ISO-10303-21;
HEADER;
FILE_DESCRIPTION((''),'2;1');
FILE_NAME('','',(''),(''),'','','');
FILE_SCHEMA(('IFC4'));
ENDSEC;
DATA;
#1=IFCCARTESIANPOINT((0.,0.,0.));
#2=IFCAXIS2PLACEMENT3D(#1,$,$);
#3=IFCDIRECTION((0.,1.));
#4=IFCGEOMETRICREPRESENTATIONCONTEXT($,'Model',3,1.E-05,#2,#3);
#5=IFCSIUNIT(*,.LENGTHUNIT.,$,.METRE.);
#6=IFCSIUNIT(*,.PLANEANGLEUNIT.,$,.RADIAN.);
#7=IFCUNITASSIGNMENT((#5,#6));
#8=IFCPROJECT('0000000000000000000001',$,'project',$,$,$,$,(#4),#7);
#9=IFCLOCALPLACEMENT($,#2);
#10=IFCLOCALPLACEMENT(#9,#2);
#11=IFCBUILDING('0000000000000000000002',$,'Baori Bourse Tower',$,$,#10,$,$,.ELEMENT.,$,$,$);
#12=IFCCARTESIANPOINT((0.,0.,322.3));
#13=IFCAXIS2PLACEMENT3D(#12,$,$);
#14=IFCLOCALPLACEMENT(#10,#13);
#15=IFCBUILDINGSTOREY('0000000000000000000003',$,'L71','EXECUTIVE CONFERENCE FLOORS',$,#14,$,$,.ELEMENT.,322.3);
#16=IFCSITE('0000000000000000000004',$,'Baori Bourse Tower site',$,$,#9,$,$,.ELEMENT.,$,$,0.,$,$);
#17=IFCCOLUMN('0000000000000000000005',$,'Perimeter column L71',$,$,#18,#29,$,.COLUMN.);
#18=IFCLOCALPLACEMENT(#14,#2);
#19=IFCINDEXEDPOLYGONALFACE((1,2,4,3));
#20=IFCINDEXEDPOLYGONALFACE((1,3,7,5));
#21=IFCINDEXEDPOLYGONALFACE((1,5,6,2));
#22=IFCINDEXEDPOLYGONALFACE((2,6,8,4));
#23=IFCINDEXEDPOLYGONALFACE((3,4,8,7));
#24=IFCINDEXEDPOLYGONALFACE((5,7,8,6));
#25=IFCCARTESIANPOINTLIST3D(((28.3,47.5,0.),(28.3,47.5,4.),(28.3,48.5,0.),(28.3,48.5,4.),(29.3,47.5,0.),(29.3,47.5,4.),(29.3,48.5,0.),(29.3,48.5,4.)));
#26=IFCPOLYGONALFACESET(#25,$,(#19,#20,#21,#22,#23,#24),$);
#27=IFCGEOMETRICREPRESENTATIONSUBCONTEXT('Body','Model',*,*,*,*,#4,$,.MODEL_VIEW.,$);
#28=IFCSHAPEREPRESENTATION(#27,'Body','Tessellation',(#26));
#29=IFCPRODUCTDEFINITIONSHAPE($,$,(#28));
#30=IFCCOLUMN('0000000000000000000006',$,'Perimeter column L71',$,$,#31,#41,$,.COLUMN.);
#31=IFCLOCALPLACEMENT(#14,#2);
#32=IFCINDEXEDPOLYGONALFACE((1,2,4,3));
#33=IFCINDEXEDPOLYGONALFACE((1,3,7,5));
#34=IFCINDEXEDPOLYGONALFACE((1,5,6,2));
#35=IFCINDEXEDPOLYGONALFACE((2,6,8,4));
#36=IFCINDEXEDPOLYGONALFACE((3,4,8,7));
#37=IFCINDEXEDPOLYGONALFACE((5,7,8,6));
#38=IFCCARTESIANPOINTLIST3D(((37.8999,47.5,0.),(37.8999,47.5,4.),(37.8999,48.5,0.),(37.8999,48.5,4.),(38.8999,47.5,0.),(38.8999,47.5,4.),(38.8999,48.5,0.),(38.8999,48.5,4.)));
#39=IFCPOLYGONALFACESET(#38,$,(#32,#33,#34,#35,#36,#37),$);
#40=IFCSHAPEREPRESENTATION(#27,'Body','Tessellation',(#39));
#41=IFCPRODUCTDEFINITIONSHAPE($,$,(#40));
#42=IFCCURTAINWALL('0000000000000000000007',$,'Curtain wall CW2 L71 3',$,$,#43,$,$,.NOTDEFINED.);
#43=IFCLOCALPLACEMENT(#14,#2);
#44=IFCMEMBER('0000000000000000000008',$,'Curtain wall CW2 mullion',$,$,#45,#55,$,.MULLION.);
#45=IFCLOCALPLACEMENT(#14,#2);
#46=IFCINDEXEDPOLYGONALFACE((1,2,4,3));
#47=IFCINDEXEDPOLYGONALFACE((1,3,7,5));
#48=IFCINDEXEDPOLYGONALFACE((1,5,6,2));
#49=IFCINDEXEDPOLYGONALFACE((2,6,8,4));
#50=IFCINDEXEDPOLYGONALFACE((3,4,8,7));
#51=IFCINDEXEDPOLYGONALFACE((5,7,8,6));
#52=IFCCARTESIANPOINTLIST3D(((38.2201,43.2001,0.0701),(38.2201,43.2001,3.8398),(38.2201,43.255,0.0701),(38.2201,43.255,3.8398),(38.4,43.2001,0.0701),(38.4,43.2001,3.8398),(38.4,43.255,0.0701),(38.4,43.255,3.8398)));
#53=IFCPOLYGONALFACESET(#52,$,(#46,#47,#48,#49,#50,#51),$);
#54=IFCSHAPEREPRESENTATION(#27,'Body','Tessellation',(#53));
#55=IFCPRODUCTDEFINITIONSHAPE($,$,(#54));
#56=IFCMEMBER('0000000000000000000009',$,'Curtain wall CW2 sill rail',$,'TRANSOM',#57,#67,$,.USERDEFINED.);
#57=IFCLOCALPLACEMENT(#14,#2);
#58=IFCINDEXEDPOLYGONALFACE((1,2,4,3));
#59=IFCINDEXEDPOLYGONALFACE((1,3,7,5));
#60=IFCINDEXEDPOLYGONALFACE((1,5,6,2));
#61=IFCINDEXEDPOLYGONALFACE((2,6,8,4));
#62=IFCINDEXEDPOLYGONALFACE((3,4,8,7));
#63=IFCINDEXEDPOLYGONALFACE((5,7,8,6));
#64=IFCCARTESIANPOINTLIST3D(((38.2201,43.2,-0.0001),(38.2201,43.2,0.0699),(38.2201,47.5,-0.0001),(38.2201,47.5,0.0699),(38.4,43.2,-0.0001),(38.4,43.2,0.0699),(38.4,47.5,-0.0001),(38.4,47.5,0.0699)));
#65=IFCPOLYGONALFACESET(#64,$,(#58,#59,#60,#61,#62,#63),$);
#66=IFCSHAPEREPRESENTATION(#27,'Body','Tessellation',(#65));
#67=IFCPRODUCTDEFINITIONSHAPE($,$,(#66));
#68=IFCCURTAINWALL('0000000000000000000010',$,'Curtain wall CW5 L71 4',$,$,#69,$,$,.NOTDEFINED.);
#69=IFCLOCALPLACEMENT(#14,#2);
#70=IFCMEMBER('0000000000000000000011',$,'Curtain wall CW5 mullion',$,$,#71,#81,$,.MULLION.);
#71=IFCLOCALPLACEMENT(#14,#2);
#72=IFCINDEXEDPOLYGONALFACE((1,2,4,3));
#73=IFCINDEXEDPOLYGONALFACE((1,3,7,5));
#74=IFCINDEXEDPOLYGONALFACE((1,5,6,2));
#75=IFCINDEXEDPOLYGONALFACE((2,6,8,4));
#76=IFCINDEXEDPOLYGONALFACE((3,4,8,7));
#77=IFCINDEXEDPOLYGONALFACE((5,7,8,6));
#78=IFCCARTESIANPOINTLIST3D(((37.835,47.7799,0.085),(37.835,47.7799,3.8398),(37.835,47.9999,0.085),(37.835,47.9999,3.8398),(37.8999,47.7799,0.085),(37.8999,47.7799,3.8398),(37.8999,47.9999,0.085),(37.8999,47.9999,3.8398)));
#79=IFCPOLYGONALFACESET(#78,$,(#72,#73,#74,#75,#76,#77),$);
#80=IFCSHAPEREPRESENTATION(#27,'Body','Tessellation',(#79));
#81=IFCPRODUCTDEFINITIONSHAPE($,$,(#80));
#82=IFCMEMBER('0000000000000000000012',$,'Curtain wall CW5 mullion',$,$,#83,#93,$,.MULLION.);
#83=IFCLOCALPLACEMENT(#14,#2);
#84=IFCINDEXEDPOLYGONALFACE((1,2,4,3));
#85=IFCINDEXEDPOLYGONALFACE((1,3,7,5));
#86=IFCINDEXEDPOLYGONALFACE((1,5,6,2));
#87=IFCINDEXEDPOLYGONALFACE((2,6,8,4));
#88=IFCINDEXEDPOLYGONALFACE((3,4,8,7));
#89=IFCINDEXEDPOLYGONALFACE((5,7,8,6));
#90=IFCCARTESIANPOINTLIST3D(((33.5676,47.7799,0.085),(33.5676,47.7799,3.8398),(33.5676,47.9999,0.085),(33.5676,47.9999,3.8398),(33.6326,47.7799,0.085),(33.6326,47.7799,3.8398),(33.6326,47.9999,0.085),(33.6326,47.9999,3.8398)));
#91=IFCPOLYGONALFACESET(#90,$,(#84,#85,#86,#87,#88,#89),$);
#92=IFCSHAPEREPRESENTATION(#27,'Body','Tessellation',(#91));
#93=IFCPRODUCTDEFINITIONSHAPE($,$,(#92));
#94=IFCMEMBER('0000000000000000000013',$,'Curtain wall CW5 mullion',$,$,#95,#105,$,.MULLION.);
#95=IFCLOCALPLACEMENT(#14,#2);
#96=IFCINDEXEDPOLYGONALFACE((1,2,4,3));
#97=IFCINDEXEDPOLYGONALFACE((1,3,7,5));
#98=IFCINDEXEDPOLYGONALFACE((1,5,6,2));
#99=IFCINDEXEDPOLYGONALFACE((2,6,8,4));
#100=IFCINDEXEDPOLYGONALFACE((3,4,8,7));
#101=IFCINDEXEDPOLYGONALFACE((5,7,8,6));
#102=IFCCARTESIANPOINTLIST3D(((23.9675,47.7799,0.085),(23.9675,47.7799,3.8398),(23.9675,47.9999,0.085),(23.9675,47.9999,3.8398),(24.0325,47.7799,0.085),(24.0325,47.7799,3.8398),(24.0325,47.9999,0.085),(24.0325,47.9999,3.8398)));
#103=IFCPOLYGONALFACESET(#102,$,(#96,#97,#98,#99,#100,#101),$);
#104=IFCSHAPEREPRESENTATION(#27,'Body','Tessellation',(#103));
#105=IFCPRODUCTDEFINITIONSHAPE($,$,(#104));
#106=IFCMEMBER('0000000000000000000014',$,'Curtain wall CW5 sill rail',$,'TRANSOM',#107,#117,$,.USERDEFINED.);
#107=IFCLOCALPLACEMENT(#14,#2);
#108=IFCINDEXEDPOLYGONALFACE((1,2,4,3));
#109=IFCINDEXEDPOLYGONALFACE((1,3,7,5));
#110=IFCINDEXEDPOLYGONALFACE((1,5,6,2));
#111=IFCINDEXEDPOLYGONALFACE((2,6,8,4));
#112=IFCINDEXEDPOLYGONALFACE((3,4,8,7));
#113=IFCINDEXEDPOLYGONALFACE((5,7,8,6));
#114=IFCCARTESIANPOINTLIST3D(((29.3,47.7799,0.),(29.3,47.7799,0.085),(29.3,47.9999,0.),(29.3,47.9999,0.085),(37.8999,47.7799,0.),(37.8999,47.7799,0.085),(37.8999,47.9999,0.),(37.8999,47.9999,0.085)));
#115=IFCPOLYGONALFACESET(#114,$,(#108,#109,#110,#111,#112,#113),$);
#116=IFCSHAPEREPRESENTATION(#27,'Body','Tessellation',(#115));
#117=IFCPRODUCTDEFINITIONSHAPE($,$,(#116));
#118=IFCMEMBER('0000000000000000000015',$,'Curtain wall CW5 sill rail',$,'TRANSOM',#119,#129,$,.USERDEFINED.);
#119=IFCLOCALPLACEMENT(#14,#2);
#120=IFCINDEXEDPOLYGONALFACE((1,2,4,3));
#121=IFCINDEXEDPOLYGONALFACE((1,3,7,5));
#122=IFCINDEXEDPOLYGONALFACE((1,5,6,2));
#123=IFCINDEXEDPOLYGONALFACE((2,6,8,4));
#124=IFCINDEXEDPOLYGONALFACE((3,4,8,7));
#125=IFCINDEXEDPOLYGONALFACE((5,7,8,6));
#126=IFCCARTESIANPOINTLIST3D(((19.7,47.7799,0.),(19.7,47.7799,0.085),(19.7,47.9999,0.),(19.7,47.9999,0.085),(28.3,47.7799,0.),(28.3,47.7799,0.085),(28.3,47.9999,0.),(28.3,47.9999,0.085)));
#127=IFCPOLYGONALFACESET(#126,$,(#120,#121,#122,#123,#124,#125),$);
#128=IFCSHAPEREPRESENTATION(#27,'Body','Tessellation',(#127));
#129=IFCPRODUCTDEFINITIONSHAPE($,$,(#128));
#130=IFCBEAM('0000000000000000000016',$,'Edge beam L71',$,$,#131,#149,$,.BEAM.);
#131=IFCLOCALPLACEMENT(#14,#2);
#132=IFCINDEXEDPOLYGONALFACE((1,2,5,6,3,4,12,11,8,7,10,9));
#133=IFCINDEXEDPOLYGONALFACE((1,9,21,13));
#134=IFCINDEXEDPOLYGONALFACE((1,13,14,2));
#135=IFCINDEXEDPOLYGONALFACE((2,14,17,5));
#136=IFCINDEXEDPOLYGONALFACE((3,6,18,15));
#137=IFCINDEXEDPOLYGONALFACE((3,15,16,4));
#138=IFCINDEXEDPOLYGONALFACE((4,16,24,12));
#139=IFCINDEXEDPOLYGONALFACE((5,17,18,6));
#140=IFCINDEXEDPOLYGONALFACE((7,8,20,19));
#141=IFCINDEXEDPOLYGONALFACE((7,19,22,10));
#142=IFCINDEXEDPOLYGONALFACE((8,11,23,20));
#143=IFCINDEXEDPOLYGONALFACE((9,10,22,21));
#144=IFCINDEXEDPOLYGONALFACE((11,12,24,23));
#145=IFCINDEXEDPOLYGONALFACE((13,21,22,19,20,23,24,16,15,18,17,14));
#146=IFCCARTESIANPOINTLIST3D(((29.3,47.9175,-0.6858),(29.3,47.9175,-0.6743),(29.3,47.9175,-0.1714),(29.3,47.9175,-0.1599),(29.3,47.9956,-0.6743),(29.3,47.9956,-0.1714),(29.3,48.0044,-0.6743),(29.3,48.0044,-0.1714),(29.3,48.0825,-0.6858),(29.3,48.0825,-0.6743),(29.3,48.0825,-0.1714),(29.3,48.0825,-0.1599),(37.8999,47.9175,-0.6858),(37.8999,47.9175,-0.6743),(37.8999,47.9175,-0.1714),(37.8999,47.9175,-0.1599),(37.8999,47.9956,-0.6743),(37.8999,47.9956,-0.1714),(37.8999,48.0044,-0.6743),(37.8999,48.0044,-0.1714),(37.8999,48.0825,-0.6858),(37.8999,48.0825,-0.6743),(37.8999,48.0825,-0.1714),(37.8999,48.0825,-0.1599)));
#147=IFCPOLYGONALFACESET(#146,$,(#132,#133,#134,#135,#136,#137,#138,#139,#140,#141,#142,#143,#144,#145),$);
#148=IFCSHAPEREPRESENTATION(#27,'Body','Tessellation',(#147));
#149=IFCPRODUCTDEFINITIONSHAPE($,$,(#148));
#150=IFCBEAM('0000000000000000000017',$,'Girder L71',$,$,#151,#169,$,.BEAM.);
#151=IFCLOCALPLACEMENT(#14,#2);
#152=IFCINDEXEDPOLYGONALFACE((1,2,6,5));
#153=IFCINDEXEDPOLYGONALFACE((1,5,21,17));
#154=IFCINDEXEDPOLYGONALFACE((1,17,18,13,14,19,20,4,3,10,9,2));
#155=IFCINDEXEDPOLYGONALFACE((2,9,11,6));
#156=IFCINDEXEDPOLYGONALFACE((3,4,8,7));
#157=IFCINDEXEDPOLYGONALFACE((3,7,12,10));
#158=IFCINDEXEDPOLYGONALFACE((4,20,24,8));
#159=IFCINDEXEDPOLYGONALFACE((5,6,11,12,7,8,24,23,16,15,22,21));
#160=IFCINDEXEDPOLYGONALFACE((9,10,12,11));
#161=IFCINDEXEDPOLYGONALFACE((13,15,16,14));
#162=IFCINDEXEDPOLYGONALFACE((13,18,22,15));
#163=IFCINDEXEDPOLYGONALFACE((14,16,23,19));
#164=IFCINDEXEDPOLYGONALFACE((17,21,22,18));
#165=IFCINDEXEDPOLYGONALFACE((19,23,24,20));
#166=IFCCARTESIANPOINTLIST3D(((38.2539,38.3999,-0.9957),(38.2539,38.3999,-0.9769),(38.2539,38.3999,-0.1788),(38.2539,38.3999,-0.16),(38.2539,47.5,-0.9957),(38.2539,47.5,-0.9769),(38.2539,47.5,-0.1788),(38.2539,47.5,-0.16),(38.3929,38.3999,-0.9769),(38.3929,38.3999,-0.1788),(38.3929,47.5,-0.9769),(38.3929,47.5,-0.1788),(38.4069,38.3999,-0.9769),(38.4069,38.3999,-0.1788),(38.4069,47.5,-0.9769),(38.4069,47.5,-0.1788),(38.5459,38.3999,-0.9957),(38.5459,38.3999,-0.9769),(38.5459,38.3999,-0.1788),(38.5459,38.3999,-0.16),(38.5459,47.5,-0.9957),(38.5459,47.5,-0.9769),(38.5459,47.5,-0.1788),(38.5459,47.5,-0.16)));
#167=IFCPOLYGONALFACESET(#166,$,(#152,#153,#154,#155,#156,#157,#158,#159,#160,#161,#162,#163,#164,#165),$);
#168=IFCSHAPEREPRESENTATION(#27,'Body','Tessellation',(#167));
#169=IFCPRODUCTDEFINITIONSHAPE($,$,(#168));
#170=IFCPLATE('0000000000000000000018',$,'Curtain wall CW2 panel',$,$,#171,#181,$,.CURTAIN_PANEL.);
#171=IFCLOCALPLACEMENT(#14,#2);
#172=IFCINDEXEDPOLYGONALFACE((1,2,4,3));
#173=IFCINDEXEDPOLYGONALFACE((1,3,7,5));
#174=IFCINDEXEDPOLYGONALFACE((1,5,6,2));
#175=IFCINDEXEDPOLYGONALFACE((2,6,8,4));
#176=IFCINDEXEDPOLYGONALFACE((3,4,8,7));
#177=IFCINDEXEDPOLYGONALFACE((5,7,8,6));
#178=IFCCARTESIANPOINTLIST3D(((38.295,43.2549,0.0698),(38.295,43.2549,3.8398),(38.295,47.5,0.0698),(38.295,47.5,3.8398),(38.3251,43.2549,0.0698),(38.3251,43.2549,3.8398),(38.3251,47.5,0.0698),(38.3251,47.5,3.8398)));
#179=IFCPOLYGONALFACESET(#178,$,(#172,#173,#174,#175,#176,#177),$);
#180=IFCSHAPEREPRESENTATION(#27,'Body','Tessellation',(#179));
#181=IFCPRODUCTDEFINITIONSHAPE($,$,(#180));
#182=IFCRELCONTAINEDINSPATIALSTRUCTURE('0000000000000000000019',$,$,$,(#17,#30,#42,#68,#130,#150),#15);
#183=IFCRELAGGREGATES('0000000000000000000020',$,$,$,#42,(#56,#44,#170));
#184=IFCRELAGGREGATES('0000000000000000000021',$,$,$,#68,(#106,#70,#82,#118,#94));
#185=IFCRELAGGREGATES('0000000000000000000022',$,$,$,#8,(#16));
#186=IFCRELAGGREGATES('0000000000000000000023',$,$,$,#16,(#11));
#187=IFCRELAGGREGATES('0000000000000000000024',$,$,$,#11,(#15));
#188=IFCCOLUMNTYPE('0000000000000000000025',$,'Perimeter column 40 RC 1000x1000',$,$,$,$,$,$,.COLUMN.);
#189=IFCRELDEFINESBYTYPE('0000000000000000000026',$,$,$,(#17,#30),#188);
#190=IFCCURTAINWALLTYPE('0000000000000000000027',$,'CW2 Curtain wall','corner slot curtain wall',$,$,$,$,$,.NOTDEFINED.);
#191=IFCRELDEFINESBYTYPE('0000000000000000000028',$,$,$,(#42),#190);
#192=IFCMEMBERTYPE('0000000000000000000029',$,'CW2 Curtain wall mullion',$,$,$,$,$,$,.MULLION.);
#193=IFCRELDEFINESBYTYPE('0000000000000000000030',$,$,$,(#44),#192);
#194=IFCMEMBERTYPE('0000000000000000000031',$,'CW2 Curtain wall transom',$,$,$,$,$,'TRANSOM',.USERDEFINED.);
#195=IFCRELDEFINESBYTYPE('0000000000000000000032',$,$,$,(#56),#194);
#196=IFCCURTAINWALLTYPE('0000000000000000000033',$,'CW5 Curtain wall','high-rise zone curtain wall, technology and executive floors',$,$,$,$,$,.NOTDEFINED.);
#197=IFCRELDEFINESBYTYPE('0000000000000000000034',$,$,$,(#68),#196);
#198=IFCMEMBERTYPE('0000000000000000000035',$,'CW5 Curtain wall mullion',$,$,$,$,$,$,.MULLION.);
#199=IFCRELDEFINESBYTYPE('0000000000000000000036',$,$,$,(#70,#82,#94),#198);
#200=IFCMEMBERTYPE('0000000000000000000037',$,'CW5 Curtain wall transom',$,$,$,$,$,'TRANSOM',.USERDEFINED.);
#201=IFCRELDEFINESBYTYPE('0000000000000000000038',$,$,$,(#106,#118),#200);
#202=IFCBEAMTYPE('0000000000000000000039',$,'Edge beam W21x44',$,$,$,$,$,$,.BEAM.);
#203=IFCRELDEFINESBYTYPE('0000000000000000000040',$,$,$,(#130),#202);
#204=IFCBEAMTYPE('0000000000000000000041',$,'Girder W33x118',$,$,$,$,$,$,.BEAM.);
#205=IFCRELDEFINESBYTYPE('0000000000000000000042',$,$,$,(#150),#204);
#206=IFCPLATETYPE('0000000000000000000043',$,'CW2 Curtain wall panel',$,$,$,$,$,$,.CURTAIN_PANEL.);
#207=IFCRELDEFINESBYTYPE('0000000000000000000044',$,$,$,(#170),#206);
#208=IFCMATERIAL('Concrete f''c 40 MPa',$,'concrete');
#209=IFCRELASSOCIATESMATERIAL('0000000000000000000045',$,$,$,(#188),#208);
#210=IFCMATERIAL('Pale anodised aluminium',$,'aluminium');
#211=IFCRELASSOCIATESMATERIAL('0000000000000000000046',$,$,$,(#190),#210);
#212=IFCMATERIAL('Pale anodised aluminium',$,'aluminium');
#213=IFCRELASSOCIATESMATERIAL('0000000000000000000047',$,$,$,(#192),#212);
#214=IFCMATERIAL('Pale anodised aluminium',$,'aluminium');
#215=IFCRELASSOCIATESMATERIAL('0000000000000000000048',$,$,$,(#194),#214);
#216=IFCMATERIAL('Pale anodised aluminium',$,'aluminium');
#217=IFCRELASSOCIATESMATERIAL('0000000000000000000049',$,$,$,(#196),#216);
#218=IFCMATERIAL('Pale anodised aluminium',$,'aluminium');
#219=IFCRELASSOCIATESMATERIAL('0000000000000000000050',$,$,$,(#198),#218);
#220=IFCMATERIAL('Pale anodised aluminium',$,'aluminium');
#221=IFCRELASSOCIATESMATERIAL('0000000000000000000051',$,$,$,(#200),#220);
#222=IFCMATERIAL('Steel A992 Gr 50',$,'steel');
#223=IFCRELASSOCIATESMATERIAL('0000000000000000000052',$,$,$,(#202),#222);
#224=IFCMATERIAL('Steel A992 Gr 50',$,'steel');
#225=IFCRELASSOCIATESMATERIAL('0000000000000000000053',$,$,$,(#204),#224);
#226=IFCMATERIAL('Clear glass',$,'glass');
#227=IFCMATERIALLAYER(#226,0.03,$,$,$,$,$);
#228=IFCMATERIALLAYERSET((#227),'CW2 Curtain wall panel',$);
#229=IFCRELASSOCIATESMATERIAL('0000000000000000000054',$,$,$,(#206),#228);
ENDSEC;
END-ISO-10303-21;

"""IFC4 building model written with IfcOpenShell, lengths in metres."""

from ifc_helpers import new_model, si_unit, direction, frame, origin, origin_2d, place, context, subcontext, project, spatial, rectangle, i_section, extrude, material, layer, layer_set, material_profile, profile_set, type_object, element, aggregate, save


model = new_model("IFC4")

# Units and contexts
model_context = context("Model", 3, precision=1e-05, world=origin(), true_north=direction((0.0, 1.0)))
body_context = subcontext(model_context, "Body", "Model", "MODEL_VIEW")
ifc_project = project(units=[si_unit("LENGTHUNIT", "METRE"), si_unit("PLANEANGLEUNIT", "RADIAN")], contexts=[model_context])

# Site, building, storey
site_placement = place(None, origin())
site = spatial("IfcSite", under=ifc_project, at=site_placement, Name="Baori Bourse Tower site", CompositionType="ELEMENT", RefElevation=0.0)
building_placement = place(site_placement, origin())
building = spatial("IfcBuilding", under=site, at=building_placement, Name="Baori Bourse Tower", CompositionType="ELEMENT")
storey_placement = place(building_placement, frame((0.0, 0.0, 322.3)))
storey = spatial("IfcBuildingStorey", under=building, at=storey_placement, Name="L71", Description="EXECUTIVE CONFERENCE FLOORS", CompositionType="ELEMENT", Elevation=322.3)

# Columns
ifc_material_1 = material(Name="Concrete f'c 40 MPa", Category="concrete")
ifc_material_profile_1 = material_profile(ifc_material_1, rectangle(XDim=1.0, YDim=1.0, at=origin_2d()), Name="RC 1000x1000")
ifc_profile_set_1 = profile_set([ifc_material_profile_1], Name="Concrete f'c 40 MPa")
column_type = type_object("IfcColumnType", Name="Perimeter column 40 RC 1000x1000", PredefinedType="COLUMN", material=ifc_profile_set_1)
for number, where, z_axis, x_axis, name in (
    (1, (28.8, 48.0, 0.0), (0.0, 0.0, 1.0), (1.0, 0.0, 0.0), "Perimeter column L71"),
    (2, (38.3999, 48.0, 0.0), (0.0, 0.0, 1.0), (1.0, 0.0, 0.0), "Perimeter column L71"),
):
    element("IfcColumn", number, at=place(storey_placement, frame(where, z_axis=z_axis, x_axis=x_axis)), inside=storey, type_object=column_type, Name=name, PredefinedType="COLUMN", context=body_context, shape_type="SweptSolid", body=[
        extrude(rectangle(XDim=1.0, YDim=1.0, at=origin_2d()), origin(), (0.0, 0.0, 1.0), 4.0),
    ])

# Curtain walls, members
ifc_material_2 = material(Name="Pale anodised aluminium", Category="aluminium")
curtain_wall_type_1 = type_object("IfcCurtainWallType", Name="CW2 Curtain wall", Description="corner slot curtain wall", PredefinedType="NOTDEFINED", material=ifc_material_2)
curtain_wall_1_placement = place(storey_placement, origin())
curtain_wall_1 = element("IfcCurtainWall", 3, at=curtain_wall_1_placement, inside=storey, type_object=curtain_wall_type_1, Name="Curtain wall CW2 L71 3", PredefinedType="NOTDEFINED")
ifc_material_3 = material(Name="Pale anodised aluminium", Category="aluminium")
ifc_material_profile_2 = material_profile(ifc_material_3, rectangle(XDim=0.1799, YDim=0.0549, at=origin_2d()), Name="Mullion 55x180")
ifc_profile_set_2 = profile_set([ifc_material_profile_2], Name="Pale anodised aluminium")
member_type_1 = type_object("IfcMemberType", Name="CW2 Curtain wall mullion", PredefinedType="MULLION", material=ifc_profile_set_2)
member_1_placement = place(storey_placement, frame((38.3101, 43.2275, 0.0701), z_axis=(0.0, 0.0, 1.0), x_axis=(-1.0, 0.0, 0.0)))
member_1 = element("IfcMember", 4, at=member_1_placement, type_object=member_type_1, Name="Curtain wall CW2 mullion", PredefinedType="MULLION", context=body_context, shape_type="SweptSolid", body=[
    extrude(rectangle(XDim=0.1799, YDim=0.0549, at=origin_2d()), origin(), (0.0, 0.0, 1.0), 3.7698),
])
ifc_material_4 = material(Name="Pale anodised aluminium", Category="aluminium")
ifc_material_profile_3 = material_profile(ifc_material_4, rectangle(XDim=0.1799, YDim=0.0701, at=origin_2d()), Name="Transom 70x180")
ifc_profile_set_3 = profile_set([ifc_material_profile_3], Name="Pale anodised aluminium")
member_type_2 = type_object("IfcMemberType", Name="CW2 Curtain wall transom", ElementType="TRANSOM", PredefinedType="USERDEFINED", material=ifc_profile_set_3)
member_2_placement = place(storey_placement, frame((38.3101, 43.2, 0.0349), z_axis=(0.0, 1.0, 0.0), x_axis=(-1.0, 0.0, 0.0)))
member_2 = element("IfcMember", 5, at=member_2_placement, type_object=member_type_2, Name="Curtain wall CW2 sill rail", ObjectType="TRANSOM", PredefinedType="USERDEFINED", context=body_context, shape_type="SweptSolid", body=[
    extrude(rectangle(XDim=0.1799, YDim=0.0701, at=origin_2d()), origin(), (0.0, 0.0, 1.0), 4.3),
])
ifc_material_5 = material(Name="Pale anodised aluminium", Category="aluminium")
curtain_wall_type_2 = type_object("IfcCurtainWallType", Name="CW5 Curtain wall", Description="high-rise zone curtain wall, technology and executive floors", PredefinedType="NOTDEFINED", material=ifc_material_5)
curtain_wall_2_placement = place(storey_placement, origin())
curtain_wall_2 = element("IfcCurtainWall", 6, at=curtain_wall_2_placement, inside=storey, type_object=curtain_wall_type_2, Name="Curtain wall CW5 L71 4", PredefinedType="NOTDEFINED")
ifc_material_6 = material(Name="Pale anodised aluminium", Category="aluminium")
ifc_material_profile_4 = material_profile(ifc_material_6, rectangle(XDim=0.22, YDim=0.0649, at=origin_2d()), Name="Mullion 65x220")
ifc_profile_set_4 = profile_set([ifc_material_profile_4], Name="Pale anodised aluminium")
member_type_3 = type_object("IfcMemberType", Name="CW5 Curtain wall mullion", PredefinedType="MULLION", material=ifc_profile_set_4)
member_3_placement = place(storey_placement, frame((37.8674, 47.8899, 0.085), z_axis=(0.0, 0.0, 1.0), x_axis=(0.0, -1.0, 0.0)))
member_3 = element("IfcMember", 7, at=member_3_placement, type_object=member_type_3, Name="Curtain wall CW5 mullion", PredefinedType="MULLION", context=body_context, shape_type="SweptSolid", body=[
    extrude(rectangle(XDim=0.22, YDim=0.0649, at=origin_2d()), origin(), (0.0, 0.0, 1.0), 3.7549),
])
member_4_placement = place(storey_placement, frame((33.6001, 47.8899, 0.085), z_axis=(0.0, 0.0, 1.0), x_axis=(0.0, -1.0, 0.0)))
member_4 = element("IfcMember", 8, at=member_4_placement, type_object=member_type_3, Name="Curtain wall CW5 mullion", PredefinedType="MULLION", context=body_context, shape_type="SweptSolid", body=[
    extrude(rectangle(XDim=0.22, YDim=0.0649, at=origin_2d()), origin(), (0.0, 0.0, 1.0), 3.7549),
])
member_5_placement = place(storey_placement, frame((24.0, 47.8899, 0.085), z_axis=(0.0, 0.0, 1.0), x_axis=(0.0, -1.0, 0.0)))
member_5 = element("IfcMember", 9, at=member_5_placement, type_object=member_type_3, Name="Curtain wall CW5 mullion", PredefinedType="MULLION", context=body_context, shape_type="SweptSolid", body=[
    extrude(rectangle(XDim=0.22, YDim=0.0649, at=origin_2d()), origin(), (0.0, 0.0, 1.0), 3.7549),
])
ifc_material_7 = material(Name="Pale anodised aluminium", Category="aluminium")
ifc_material_profile_5 = material_profile(ifc_material_7, rectangle(XDim=0.22, YDim=0.085, at=origin_2d()), Name="Transom 85x220")
ifc_profile_set_5 = profile_set([ifc_material_profile_5], Name="Pale anodised aluminium")
member_type_4 = type_object("IfcMemberType", Name="CW5 Curtain wall transom", ElementType="TRANSOM", PredefinedType="USERDEFINED", material=ifc_profile_set_5)
member_6_placement = place(storey_placement, frame((37.8999, 47.8899, 0.0425), z_axis=(-1.0, 0.0, 0.0), x_axis=(0.0, -1.0, 0.0)))
member_6 = element("IfcMember", 10, at=member_6_placement, type_object=member_type_4, Name="Curtain wall CW5 sill rail", ObjectType="TRANSOM", PredefinedType="USERDEFINED", context=body_context, shape_type="SweptSolid", body=[
    extrude(rectangle(XDim=0.22, YDim=0.085, at=origin_2d()), origin(), (0.0, 0.0, 1.0), 8.5999),
])
member_7_placement = place(storey_placement, frame((28.3, 47.8899, 0.0425), z_axis=(-1.0, 0.0, 0.0), x_axis=(0.0, -1.0, 0.0)))
member_7 = element("IfcMember", 11, at=member_7_placement, type_object=member_type_4, Name="Curtain wall CW5 sill rail", ObjectType="TRANSOM", PredefinedType="USERDEFINED", context=body_context, shape_type="SweptSolid", body=[
    extrude(rectangle(XDim=0.22, YDim=0.085, at=origin_2d()), origin(), (0.0, 0.0, 1.0), 8.6001),
])

# Beams
ifc_material_8 = material(Name="Steel A992 Gr 50", Category="steel")
ifc_material_profile_6 = material_profile(ifc_material_8, i_section(OverallWidth=0.165, OverallDepth=0.5259, WebThickness=0.0088, FlangeThickness=0.0115, at=origin_2d()), Name="W21x44")
ifc_profile_set_6 = profile_set([ifc_material_profile_6], Name="Steel A992 Gr 50")
beam_type_1 = type_object("IfcBeamType", Name="Edge beam W21x44", PredefinedType="BEAM", material=ifc_profile_set_6)
beam_1_placement = place(storey_placement, frame((29.3, 48.0, -0.4229), z_axis=(1.0, 0.0, 0.0), x_axis=(0.0, 1.0, 0.0)))
element("IfcBeam", 12, at=beam_1_placement, inside=storey, type_object=beam_type_1, Name="Edge beam L71", PredefinedType="BEAM", context=body_context, shape_type="SweptSolid", body=[
    extrude(i_section(OverallWidth=0.165, OverallDepth=0.5259, WebThickness=0.0088, FlangeThickness=0.0115, at=origin_2d()), origin(), (0.0, 0.0, 1.0), 8.5999),
])
ifc_material_9 = material(Name="Steel A992 Gr 50", Category="steel")
ifc_material_profile_7 = material_profile(ifc_material_9, i_section(OverallWidth=0.292, OverallDepth=0.8357, WebThickness=0.0139, FlangeThickness=0.0188, at=origin_2d()), Name="W33x118")
ifc_profile_set_7 = profile_set([ifc_material_profile_7], Name="Steel A992 Gr 50")
beam_type_2 = type_object("IfcBeamType", Name="Girder W33x118", PredefinedType="BEAM", material=ifc_profile_set_7)
beam_2_placement = place(storey_placement, frame((38.3999, 38.3999, -0.5779), z_axis=(0.0, 1.0, 0.0), x_axis=(-1.0, 0.0, 0.0)))
element("IfcBeam", 13, at=beam_2_placement, inside=storey, type_object=beam_type_2, Name="Girder L71", PredefinedType="BEAM", context=body_context, shape_type="SweptSolid", body=[
    extrude(i_section(OverallWidth=0.292, OverallDepth=0.8357, WebThickness=0.0139, FlangeThickness=0.0188, at=origin_2d()), origin(), (0.0, 0.0, 1.0), 9.1001),
])

# Plate
ifc_material_10 = material(Name="Clear glass", Category="glass")
ifc_layer_1 = layer(ifc_material_10, 0.03)
ifc_layer_set_1 = layer_set([ifc_layer_1], Name="CW2 Curtain wall panel")
plate_type_1 = type_object("IfcPlateType", Name="CW2 Curtain wall panel", PredefinedType="CURTAIN_PANEL", material=ifc_layer_set_1)
plate_1_placement = place(storey_placement, frame((38.3101, 45.3774, 0.0698), z_axis=(0.0, 0.0, 1.0), x_axis=(0.0, 1.0, 0.0)))
plate_1 = element("IfcPlate", 14, at=plate_1_placement, type_object=plate_type_1, Name="Curtain wall CW2 panel", PredefinedType="CURTAIN_PANEL", context=body_context, shape_type="SweptSolid", body=[
    extrude(rectangle(XDim=4.2451, YDim=0.03, at=origin_2d()), origin(), (0.0, 0.0, 1.0), 3.77),
])
aggregate(curtain_wall_1, [member_2, member_1, plate_1])
aggregate(curtain_wall_2, [member_6, member_3, member_4, member_7, member_5])

save(model, "model.ifc")
